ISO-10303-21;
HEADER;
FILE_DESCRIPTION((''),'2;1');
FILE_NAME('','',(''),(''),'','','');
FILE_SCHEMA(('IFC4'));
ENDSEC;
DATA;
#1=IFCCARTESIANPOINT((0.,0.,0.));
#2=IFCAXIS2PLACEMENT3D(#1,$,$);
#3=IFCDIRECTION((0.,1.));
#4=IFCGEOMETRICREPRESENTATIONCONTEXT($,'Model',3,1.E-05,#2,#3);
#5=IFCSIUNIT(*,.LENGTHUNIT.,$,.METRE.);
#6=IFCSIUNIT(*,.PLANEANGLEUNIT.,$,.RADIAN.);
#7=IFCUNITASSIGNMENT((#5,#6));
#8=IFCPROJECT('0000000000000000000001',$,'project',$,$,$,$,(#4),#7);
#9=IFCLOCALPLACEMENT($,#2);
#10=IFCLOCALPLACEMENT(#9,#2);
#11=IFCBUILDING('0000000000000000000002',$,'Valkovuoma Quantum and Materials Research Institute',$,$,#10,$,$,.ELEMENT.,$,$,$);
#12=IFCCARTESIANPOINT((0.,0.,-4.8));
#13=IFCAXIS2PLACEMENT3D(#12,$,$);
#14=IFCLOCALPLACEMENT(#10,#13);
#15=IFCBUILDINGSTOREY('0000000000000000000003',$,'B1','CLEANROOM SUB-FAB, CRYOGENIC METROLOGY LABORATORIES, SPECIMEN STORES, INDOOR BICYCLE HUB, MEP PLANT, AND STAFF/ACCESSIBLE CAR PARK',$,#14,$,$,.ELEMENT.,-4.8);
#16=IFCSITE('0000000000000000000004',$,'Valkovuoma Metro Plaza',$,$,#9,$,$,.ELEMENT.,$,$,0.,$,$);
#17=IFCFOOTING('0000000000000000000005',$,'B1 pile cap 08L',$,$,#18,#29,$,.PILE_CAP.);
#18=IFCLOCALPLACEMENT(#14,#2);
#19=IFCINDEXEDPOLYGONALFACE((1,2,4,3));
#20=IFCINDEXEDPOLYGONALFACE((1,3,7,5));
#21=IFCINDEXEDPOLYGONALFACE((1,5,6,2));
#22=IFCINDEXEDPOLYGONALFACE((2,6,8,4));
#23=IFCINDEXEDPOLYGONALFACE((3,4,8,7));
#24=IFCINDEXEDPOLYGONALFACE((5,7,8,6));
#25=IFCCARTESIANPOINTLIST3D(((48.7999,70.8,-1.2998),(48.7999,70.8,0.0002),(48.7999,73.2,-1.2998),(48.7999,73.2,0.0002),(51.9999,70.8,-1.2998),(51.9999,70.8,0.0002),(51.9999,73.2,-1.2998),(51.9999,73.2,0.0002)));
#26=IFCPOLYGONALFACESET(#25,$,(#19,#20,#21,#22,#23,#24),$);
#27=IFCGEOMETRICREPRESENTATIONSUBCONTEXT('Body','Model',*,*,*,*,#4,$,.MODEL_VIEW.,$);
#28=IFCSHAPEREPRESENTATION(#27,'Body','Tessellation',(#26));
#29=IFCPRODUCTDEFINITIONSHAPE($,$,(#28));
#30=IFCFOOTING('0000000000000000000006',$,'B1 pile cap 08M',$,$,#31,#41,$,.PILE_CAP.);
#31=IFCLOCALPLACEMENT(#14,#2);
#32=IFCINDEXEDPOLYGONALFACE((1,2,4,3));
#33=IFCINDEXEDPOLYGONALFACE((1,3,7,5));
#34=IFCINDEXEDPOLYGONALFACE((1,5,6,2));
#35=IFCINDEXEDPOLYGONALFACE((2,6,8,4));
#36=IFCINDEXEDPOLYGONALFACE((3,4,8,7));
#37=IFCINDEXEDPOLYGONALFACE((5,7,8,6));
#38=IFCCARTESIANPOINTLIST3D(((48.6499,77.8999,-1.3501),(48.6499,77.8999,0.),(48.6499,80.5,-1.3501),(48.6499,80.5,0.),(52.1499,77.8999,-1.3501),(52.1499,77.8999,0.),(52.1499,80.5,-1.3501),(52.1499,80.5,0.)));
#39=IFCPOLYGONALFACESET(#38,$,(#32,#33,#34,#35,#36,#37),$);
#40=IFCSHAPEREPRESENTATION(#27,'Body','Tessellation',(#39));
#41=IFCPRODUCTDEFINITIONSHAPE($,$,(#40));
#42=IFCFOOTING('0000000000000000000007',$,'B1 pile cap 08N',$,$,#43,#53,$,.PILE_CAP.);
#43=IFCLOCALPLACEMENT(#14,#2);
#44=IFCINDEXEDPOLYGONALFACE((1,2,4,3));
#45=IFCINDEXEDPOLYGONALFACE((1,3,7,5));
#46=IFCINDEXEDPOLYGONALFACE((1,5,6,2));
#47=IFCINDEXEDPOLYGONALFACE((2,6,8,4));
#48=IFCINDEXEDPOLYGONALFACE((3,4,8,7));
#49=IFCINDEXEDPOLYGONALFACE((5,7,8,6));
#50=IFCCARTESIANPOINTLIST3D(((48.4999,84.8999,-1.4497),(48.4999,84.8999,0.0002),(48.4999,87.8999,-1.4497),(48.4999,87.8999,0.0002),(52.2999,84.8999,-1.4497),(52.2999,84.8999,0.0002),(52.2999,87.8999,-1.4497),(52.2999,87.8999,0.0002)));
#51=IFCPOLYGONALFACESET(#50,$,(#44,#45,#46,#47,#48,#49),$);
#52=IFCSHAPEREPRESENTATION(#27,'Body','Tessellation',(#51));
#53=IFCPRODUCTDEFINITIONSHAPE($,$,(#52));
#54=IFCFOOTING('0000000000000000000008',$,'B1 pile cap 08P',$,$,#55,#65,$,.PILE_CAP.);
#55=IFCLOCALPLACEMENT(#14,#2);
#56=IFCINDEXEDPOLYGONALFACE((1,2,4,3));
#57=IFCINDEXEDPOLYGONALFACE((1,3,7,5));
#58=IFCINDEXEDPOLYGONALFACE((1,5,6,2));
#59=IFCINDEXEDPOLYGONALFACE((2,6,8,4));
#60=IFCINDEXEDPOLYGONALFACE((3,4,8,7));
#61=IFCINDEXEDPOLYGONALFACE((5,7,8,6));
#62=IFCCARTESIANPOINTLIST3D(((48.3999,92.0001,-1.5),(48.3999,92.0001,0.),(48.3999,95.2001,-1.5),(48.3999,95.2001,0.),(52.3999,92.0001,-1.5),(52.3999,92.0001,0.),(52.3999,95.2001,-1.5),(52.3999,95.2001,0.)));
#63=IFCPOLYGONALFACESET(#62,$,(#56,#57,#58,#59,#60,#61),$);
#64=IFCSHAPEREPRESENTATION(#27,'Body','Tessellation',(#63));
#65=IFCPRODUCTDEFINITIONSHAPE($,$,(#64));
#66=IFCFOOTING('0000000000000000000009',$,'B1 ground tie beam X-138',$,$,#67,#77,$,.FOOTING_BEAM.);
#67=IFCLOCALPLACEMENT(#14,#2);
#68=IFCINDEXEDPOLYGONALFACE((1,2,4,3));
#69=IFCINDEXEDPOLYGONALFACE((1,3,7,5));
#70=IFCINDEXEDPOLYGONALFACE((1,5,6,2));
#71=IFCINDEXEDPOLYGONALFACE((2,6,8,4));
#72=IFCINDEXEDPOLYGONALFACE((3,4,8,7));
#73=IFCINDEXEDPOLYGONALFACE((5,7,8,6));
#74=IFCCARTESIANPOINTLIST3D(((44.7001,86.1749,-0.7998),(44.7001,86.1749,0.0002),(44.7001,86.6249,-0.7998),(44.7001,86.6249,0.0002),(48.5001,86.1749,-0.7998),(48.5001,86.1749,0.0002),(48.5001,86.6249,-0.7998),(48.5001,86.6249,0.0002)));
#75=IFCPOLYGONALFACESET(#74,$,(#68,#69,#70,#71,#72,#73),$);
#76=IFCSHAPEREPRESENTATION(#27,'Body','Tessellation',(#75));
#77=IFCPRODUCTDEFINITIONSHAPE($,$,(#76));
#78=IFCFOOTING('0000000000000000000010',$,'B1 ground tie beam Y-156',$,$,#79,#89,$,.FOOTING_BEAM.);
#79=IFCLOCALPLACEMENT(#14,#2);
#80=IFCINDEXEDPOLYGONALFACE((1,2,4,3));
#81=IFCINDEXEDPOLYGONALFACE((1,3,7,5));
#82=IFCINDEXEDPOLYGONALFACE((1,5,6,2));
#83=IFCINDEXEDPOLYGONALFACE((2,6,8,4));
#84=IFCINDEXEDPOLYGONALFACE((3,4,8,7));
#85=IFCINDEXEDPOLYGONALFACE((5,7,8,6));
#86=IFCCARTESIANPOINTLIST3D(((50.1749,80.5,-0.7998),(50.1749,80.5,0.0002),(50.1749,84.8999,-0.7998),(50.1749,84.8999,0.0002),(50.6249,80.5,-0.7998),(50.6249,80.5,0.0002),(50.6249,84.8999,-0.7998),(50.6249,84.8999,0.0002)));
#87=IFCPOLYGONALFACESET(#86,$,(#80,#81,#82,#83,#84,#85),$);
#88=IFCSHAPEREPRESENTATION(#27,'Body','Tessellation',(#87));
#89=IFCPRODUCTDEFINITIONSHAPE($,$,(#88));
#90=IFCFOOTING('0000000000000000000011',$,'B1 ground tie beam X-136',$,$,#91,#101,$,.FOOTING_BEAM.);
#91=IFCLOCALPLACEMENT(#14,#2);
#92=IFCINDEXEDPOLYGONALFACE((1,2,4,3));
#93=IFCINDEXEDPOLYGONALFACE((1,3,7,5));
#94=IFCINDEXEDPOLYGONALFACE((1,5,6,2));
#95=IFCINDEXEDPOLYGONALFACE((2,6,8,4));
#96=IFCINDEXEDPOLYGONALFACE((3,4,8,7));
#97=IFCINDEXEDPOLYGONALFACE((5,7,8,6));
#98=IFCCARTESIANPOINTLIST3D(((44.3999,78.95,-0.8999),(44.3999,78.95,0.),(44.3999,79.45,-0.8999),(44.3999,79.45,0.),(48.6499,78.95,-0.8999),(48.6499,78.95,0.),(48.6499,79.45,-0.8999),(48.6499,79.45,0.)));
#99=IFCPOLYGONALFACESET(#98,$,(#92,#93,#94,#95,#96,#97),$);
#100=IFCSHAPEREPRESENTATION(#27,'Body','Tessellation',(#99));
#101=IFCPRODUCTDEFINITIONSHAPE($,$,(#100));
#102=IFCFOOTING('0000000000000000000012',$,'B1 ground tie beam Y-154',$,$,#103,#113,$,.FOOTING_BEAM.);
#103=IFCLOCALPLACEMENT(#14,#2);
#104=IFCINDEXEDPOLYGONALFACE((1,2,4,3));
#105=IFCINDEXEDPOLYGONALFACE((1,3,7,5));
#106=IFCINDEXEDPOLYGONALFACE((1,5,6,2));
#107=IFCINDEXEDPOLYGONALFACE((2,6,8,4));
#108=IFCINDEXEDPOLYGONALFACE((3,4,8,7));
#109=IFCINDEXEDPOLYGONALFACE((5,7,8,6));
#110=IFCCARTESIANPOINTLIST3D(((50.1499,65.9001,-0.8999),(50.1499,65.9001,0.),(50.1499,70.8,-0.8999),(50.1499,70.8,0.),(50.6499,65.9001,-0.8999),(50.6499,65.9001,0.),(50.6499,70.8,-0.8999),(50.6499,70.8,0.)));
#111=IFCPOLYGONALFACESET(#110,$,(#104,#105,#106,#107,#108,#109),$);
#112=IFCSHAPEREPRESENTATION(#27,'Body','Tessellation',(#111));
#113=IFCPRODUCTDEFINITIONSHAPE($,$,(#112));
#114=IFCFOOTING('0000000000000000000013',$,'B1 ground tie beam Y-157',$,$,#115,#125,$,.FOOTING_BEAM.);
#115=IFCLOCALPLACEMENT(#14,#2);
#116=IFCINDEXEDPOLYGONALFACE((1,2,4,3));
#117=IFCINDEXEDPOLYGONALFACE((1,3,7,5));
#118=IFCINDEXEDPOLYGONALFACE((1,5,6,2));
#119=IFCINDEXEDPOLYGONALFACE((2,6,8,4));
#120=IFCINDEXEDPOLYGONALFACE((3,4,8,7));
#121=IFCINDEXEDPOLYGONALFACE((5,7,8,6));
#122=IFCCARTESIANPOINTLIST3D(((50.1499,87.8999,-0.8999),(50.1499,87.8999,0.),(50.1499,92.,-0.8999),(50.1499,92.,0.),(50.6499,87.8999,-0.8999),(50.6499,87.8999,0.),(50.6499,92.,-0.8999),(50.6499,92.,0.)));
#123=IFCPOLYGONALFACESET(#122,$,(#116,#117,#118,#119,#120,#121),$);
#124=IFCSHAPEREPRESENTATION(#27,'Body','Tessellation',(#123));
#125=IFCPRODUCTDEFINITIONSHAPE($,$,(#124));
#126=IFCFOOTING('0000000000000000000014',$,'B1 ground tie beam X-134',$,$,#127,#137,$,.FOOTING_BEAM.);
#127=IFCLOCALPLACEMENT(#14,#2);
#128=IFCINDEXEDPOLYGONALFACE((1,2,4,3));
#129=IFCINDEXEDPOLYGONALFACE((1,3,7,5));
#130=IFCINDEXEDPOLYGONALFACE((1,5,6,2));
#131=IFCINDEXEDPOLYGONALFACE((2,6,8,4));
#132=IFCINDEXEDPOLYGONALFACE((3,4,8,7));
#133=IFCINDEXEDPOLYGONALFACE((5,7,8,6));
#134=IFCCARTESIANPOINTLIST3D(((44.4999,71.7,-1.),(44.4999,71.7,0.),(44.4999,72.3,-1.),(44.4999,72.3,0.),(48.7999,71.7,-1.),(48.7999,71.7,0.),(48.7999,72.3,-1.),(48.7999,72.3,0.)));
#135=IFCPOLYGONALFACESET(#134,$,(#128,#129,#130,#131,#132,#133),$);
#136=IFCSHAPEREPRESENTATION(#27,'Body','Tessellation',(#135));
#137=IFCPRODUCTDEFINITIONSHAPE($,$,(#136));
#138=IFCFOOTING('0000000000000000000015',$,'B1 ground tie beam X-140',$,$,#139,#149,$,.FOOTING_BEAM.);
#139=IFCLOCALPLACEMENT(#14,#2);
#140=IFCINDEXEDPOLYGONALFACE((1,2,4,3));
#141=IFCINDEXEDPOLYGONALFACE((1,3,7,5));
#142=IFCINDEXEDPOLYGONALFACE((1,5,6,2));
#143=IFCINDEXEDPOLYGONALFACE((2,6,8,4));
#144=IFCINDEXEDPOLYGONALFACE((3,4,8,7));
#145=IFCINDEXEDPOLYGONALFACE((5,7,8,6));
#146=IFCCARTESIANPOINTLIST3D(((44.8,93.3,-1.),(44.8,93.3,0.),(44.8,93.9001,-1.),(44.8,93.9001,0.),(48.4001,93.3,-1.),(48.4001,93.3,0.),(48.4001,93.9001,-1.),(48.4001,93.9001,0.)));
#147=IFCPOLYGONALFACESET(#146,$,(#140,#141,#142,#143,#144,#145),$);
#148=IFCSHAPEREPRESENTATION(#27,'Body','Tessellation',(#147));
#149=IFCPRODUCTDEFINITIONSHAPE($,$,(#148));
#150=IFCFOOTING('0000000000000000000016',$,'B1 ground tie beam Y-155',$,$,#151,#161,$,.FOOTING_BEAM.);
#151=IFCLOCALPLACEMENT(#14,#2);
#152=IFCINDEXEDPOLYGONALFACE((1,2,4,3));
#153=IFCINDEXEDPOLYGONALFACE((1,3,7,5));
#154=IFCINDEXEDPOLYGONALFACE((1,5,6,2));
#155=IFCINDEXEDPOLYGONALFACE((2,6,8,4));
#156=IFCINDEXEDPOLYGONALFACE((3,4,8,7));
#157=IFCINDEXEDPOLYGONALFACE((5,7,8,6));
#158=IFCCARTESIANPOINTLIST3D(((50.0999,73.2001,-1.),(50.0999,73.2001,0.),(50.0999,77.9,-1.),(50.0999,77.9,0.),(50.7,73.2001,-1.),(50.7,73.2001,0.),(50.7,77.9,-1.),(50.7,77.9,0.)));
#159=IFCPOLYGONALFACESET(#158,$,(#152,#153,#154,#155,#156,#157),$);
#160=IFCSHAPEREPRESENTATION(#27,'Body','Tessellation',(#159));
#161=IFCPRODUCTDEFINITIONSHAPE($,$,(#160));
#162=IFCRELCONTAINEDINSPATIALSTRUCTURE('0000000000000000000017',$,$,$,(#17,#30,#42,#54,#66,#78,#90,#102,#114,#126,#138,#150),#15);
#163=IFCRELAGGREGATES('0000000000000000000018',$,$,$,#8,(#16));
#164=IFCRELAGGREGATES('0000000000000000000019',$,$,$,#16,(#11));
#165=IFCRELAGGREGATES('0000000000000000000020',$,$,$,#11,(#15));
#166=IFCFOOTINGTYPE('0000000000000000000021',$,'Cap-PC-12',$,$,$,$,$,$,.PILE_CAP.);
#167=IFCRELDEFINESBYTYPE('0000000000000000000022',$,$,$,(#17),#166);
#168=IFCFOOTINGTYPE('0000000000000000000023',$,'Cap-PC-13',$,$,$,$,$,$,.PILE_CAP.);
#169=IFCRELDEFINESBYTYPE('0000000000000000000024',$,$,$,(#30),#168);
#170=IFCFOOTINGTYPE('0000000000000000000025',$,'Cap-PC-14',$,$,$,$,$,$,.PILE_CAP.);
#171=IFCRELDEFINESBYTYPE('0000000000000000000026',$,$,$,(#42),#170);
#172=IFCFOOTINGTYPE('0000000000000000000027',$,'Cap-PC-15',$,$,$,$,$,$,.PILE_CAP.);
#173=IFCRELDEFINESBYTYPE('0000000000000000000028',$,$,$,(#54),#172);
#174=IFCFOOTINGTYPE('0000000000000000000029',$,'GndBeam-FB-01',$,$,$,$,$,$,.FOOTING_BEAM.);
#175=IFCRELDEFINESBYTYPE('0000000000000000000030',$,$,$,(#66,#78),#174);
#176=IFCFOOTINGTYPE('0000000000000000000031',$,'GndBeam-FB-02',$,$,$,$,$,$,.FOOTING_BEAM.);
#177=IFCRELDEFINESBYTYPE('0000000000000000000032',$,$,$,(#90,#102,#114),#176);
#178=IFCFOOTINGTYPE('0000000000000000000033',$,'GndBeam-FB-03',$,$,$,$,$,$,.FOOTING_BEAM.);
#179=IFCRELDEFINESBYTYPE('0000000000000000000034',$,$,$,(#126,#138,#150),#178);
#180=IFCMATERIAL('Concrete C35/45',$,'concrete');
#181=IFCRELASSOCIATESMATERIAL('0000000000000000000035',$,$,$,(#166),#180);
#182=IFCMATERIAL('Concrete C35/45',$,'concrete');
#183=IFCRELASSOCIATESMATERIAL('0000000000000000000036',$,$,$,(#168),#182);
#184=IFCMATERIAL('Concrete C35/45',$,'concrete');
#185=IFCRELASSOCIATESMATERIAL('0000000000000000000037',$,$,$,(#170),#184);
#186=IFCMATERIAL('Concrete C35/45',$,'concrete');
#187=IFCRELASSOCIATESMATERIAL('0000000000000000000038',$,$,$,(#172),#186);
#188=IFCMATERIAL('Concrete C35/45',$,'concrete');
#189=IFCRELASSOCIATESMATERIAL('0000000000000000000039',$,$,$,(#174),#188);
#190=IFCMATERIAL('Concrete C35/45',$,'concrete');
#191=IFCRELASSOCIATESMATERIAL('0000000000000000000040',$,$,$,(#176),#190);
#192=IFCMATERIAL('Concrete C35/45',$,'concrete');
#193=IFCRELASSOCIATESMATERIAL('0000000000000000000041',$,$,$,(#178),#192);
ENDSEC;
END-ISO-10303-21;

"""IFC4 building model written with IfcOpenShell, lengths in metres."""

from ifc_helpers import new_model, si_unit, direction, frame, origin, origin_2d, place, context, subcontext, project, spatial, rectangle, extrude, material, type_object, element, save


model = new_model("IFC4")

# Units and contexts
model_context = context("Model", 3, precision=1e-05, world=origin(), true_north=direction((0.0, 1.0)))
body_context = subcontext(model_context, "Body", "Model", "MODEL_VIEW")
ifc_project = project(units=[si_unit("LENGTHUNIT", "METRE"), si_unit("PLANEANGLEUNIT", "RADIAN")], contexts=[model_context])

# Site, building, storey
site_placement = place(None, origin())
site = spatial("IfcSite", under=ifc_project, at=site_placement, Name="Valkovuoma Metro Plaza", CompositionType="ELEMENT", RefElevation=0.0)
building_placement = place(site_placement, origin())
building = spatial("IfcBuilding", under=site, at=building_placement, Name="Valkovuoma Quantum and Materials Research Institute", CompositionType="ELEMENT")
storey_placement = place(building_placement, frame((0.0, 0.0, -4.8)))
storey = spatial("IfcBuildingStorey", under=building, at=storey_placement, Name="B1", Description="CLEANROOM SUB-FAB, CRYOGENIC METROLOGY LABORATORIES, SPECIMEN STORES, INDOOR BICYCLE HUB, MEP PLANT, AND STAFF/ACCESSIBLE CAR PARK", CompositionType="ELEMENT", Elevation=-4.8)

# Footings
ifc_material_1 = material(Name="Concrete C35/45", Category="concrete")
footing_type_1 = type_object("IfcFootingType", Name="Cap-PC-12", PredefinedType="PILE_CAP", material=ifc_material_1)
footing_1_placement = place(storey_placement, frame((50.3999, 72.0, -1.2998), z_axis=(0.0, 0.0, 1.0), x_axis=(1.0, 0.0, 0.0)))
element("IfcFooting", 1, at=footing_1_placement, inside=storey, type_object=footing_type_1, Name="B1 pile cap 08L", PredefinedType="PILE_CAP", context=body_context, shape_type="SweptSolid", body=[
    extrude(rectangle(XDim=3.2, YDim=2.3999, at=origin_2d()), origin(), (0.0, 0.0, 1.0), 1.3),
])
ifc_material_2 = material(Name="Concrete C35/45", Category="concrete")
footing_type_2 = type_object("IfcFootingType", Name="Cap-PC-13", PredefinedType="PILE_CAP", material=ifc_material_2)
footing_2_placement = place(storey_placement, frame((50.3999, 79.2, -1.3501), z_axis=(0.0, 0.0, 1.0), x_axis=(1.0, 0.0, 0.0)))
element("IfcFooting", 2, at=footing_2_placement, inside=storey, type_object=footing_type_2, Name="B1 pile cap 08M", PredefinedType="PILE_CAP", context=body_context, shape_type="SweptSolid", body=[
    extrude(rectangle(XDim=3.5, YDim=2.6001, at=origin_2d()), origin(), (0.0, 0.0, 1.0), 1.3501),
])
ifc_material_3 = material(Name="Concrete C35/45", Category="concrete")
footing_type_3 = type_object("IfcFootingType", Name="Cap-PC-14", PredefinedType="PILE_CAP", material=ifc_material_3)
footing_3_placement = place(storey_placement, frame((50.3999, 86.3999, -1.4497), z_axis=(0.0, 0.0, 1.0), x_axis=(1.0, 0.0, 0.0)))
element("IfcFooting", 3, at=footing_3_placement, inside=storey, type_object=footing_type_3, Name="B1 pile cap 08N", PredefinedType="PILE_CAP", context=body_context, shape_type="SweptSolid", body=[
    extrude(rectangle(XDim=3.8, YDim=3.0, at=origin_2d()), origin(), (0.0, 0.0, 1.0), 1.45),
])
ifc_material_4 = material(Name="Concrete C35/45", Category="concrete")
footing_type_4 = type_object("IfcFootingType", Name="Cap-PC-15", PredefinedType="PILE_CAP", material=ifc_material_4)
footing_4_placement = place(storey_placement, frame((50.3999, 93.6001, -1.5), z_axis=(0.0, 0.0, 1.0), x_axis=(1.0, 0.0, 0.0)))
element("IfcFooting", 4, at=footing_4_placement, inside=storey, type_object=footing_type_4, Name="B1 pile cap 08P", PredefinedType="PILE_CAP", context=body_context, shape_type="SweptSolid", body=[
    extrude(rectangle(XDim=4.0, YDim=3.2, at=origin_2d()), origin(), (0.0, 0.0, 1.0), 1.5),
])
ifc_material_5 = material(Name="Concrete C35/45", Category="concrete")
footing_type_5 = type_object("IfcFootingType", Name="GndBeam-FB-01", PredefinedType="FOOTING_BEAM", material=ifc_material_5)
footing_5_placement = place(storey_placement, frame((46.6001, 86.3999, -0.7998), z_axis=(0.0, 0.0, 1.0), x_axis=(1.0, 0.0, 0.0)))
element("IfcFooting", 5, at=footing_5_placement, inside=storey, type_object=footing_type_5, Name="B1 ground tie beam X-138", PredefinedType="FOOTING_BEAM", context=body_context, shape_type="SweptSolid", body=[
    extrude(rectangle(XDim=3.8, YDim=0.45, at=origin_2d()), origin(), (0.0, 0.0, 1.0), 0.8),
])
footing_6_placement = place(storey_placement, frame((50.3999, 82.7, -0.7998), z_axis=(0.0, 0.0, 1.0), x_axis=(0.0, 1.0, 0.0)))
element("IfcFooting", 6, at=footing_6_placement, inside=storey, type_object=footing_type_5, Name="B1 ground tie beam Y-156", PredefinedType="FOOTING_BEAM", context=body_context, shape_type="SweptSolid", body=[
    extrude(rectangle(XDim=4.3999, YDim=0.45, at=origin_2d()), origin(), (0.0, 0.0, 1.0), 0.8),
])
ifc_material_6 = material(Name="Concrete C35/45", Category="concrete")
footing_type_6 = type_object("IfcFootingType", Name="GndBeam-FB-02", PredefinedType="FOOTING_BEAM", material=ifc_material_6)
footing_7_placement = place(storey_placement, frame((46.5249, 79.2, -0.8999), z_axis=(0.0, 0.0, 1.0), x_axis=(1.0, 0.0, 0.0)))
element("IfcFooting", 7, at=footing_7_placement, inside=storey, type_object=footing_type_6, Name="B1 ground tie beam X-136", PredefinedType="FOOTING_BEAM", context=body_context, shape_type="SweptSolid", body=[
    extrude(rectangle(XDim=4.25, YDim=0.5, at=origin_2d()), origin(), (0.0, 0.0, 1.0), 0.8999),
])
footing_8_placement = place(storey_placement, frame((50.3999, 68.3501, -0.8999), z_axis=(0.0, 0.0, 1.0), x_axis=(0.0, 1.0, 0.0)))
element("IfcFooting", 8, at=footing_8_placement, inside=storey, type_object=footing_type_6, Name="B1 ground tie beam Y-154", PredefinedType="FOOTING_BEAM", context=body_context, shape_type="SweptSolid", body=[
    extrude(rectangle(XDim=4.8999, YDim=0.5, at=origin_2d()), origin(), (0.0, 0.0, 1.0), 0.8999),
])
footing_9_placement = place(storey_placement, frame((50.3999, 89.95, -0.8999), z_axis=(0.0, 0.0, 1.0), x_axis=(0.0, 1.0, 0.0)))
element("IfcFooting", 9, at=footing_9_placement, inside=storey, type_object=footing_type_6, Name="B1 ground tie beam Y-157", PredefinedType="FOOTING_BEAM", context=body_context, shape_type="SweptSolid", body=[
    extrude(rectangle(XDim=4.1001, YDim=0.5, at=origin_2d()), origin(), (0.0, 0.0, 1.0), 0.8999),
])
ifc_material_7 = material(Name="Concrete C35/45", Category="concrete")
footing_type_7 = type_object("IfcFootingType", Name="GndBeam-FB-03", PredefinedType="FOOTING_BEAM", material=ifc_material_7)
footing_10_placement = place(storey_placement, frame((46.6499, 72.0, -1.0), z_axis=(0.0, 0.0, 1.0), x_axis=(1.0, 0.0, 0.0)))
element("IfcFooting", 10, at=footing_10_placement, inside=storey, type_object=footing_type_7, Name="B1 ground tie beam X-134", PredefinedType="FOOTING_BEAM", context=body_context, shape_type="SweptSolid", body=[
    extrude(rectangle(XDim=4.3, YDim=0.6001, at=origin_2d()), origin(), (0.0, 0.0, 1.0), 1.0),
])
footing_11_placement = place(storey_placement, frame((46.6001, 93.6001, -1.0), z_axis=(0.0, 0.0, 1.0), x_axis=(1.0, 0.0, 0.0)))
element("IfcFooting", 11, at=footing_11_placement, inside=storey, type_object=footing_type_7, Name="B1 ground tie beam X-140", PredefinedType="FOOTING_BEAM", context=body_context, shape_type="SweptSolid", body=[
    extrude(rectangle(XDim=3.6001, YDim=0.6001, at=origin_2d()), origin(), (0.0, 0.0, 1.0), 1.0),
])
footing_12_placement = place(storey_placement, frame((50.3999, 75.55, -1.0), z_axis=(0.0, 0.0, 1.0), x_axis=(0.0, 1.0, 0.0)))
element("IfcFooting", 12, at=footing_12_placement, inside=storey, type_object=footing_type_7, Name="B1 ground tie beam Y-155", PredefinedType="FOOTING_BEAM", context=body_context, shape_type="SweptSolid", body=[
    extrude(rectangle(XDim=4.7, YDim=0.6001, at=origin_2d()), origin(), (0.0, 0.0, 1.0), 1.0),
])

save(model, "model.ifc")
